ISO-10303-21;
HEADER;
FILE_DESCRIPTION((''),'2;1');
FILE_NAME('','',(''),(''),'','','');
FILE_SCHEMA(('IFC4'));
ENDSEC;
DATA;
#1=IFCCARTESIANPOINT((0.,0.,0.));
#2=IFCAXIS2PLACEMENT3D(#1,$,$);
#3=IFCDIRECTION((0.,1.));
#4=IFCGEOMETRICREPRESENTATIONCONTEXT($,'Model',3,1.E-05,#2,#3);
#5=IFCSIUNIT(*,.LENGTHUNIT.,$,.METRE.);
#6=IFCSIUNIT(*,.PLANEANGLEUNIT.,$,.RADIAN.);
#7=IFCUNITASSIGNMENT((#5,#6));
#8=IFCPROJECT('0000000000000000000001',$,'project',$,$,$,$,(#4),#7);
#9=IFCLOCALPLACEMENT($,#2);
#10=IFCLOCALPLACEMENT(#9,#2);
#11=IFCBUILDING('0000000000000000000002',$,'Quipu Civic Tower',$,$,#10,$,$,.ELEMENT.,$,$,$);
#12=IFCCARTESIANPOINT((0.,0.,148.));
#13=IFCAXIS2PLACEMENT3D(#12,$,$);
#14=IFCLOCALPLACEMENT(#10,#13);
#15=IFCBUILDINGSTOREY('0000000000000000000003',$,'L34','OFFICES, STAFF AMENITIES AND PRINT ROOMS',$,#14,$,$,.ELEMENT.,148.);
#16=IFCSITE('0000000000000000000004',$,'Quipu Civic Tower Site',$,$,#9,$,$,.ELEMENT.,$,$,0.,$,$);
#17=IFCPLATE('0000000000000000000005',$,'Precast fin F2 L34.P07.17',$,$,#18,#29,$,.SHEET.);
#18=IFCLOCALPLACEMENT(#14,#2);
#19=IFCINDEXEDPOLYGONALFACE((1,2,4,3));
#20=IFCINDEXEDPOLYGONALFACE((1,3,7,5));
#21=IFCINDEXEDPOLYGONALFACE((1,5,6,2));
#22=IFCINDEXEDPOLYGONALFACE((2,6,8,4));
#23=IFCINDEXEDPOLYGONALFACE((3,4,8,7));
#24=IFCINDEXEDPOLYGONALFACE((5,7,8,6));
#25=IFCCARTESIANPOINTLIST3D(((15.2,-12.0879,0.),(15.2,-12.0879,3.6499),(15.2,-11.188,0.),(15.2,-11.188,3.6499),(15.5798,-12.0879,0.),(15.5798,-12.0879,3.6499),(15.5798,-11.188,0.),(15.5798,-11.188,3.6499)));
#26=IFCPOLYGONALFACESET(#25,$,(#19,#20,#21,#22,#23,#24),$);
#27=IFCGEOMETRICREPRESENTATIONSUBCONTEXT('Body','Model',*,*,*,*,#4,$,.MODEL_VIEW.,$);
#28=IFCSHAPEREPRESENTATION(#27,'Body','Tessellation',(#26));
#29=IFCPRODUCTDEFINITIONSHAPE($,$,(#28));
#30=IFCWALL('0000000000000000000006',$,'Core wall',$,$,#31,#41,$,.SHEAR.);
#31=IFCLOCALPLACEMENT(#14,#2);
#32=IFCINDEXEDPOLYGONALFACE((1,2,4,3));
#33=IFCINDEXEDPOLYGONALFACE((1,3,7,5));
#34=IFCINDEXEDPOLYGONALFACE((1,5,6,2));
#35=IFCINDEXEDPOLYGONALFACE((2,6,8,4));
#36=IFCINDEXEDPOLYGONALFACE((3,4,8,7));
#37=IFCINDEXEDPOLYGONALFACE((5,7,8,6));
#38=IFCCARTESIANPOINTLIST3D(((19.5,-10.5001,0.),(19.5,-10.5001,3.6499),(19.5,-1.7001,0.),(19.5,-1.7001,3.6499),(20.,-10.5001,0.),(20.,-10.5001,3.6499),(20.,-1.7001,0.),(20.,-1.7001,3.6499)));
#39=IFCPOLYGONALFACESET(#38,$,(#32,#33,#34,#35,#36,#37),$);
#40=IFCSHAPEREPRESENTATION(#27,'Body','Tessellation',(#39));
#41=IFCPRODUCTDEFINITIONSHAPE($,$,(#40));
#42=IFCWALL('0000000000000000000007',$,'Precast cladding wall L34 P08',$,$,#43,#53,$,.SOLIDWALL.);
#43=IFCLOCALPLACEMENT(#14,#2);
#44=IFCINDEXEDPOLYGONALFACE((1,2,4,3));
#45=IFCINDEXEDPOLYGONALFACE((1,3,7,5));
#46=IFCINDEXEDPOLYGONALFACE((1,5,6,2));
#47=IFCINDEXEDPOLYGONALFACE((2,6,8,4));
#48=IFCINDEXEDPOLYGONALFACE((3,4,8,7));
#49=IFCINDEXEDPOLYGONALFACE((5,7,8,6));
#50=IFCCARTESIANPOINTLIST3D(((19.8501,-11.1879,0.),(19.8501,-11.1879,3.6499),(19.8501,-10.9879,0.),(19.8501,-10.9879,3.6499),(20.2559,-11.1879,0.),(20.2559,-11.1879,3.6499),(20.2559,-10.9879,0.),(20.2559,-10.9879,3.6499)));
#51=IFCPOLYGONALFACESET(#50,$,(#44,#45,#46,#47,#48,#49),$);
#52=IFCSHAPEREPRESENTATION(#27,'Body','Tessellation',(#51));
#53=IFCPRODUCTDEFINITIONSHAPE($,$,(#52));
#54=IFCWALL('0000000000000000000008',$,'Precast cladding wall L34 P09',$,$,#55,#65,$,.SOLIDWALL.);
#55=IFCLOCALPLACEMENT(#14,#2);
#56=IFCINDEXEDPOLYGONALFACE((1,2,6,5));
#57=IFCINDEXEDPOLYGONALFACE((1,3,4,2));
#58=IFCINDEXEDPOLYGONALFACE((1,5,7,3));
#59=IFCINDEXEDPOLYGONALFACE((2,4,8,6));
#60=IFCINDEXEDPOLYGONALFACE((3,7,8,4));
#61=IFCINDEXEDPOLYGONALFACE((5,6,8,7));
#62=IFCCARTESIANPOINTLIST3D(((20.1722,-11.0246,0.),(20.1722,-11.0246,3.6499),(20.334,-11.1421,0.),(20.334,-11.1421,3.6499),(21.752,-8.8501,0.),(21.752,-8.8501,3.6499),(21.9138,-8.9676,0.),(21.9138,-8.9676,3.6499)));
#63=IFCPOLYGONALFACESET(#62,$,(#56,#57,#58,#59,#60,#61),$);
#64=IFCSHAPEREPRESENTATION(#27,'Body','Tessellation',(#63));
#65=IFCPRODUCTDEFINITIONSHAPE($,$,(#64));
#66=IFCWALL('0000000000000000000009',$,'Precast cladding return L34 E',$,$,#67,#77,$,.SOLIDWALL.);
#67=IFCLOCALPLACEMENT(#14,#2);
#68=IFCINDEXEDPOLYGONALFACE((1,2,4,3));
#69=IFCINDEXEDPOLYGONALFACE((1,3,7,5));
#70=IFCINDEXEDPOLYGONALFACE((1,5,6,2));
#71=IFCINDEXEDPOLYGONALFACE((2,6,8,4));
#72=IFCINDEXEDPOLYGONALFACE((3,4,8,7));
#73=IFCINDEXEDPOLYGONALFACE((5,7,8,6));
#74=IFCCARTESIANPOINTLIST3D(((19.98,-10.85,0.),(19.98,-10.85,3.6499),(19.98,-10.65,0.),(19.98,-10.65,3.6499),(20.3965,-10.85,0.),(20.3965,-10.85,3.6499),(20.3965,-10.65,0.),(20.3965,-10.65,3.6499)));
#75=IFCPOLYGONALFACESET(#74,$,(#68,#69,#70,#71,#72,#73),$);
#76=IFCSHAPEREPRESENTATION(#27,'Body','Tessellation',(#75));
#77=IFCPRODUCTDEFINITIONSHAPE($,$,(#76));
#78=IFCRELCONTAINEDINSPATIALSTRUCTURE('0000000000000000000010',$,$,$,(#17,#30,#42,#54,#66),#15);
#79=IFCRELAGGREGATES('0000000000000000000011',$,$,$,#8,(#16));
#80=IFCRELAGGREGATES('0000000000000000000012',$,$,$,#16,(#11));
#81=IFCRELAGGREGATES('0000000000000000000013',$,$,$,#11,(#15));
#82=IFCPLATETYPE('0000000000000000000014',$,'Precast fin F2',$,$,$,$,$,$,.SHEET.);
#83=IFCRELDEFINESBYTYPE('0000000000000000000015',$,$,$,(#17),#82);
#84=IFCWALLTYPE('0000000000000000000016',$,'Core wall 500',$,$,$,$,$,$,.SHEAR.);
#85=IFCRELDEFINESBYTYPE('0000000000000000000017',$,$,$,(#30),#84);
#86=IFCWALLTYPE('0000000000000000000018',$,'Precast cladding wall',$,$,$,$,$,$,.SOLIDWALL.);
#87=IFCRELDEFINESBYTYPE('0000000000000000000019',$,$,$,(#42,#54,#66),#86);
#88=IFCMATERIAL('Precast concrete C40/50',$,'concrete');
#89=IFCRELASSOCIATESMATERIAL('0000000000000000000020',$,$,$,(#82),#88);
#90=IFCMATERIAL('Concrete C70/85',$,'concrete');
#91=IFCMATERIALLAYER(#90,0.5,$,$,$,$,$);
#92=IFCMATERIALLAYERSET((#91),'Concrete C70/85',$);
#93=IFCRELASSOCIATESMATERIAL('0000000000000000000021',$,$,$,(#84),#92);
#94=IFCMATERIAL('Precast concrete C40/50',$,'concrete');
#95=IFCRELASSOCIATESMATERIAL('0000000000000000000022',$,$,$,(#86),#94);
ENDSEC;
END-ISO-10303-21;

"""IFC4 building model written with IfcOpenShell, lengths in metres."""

from ifc_helpers import new_model, si_unit, direction, frame, frame_2d, origin, origin_2d, place, context, subcontext, project, spatial, rectangle, extrude, material, layer, layer_set, type_object, element, save


model = new_model("IFC4")

# Units and contexts
model_context = context("Model", 3, precision=1e-05, world=origin(), true_north=direction((0.0, 1.0)))
body_context = subcontext(model_context, "Body", "Model", "MODEL_VIEW")
ifc_project = project(units=[si_unit("LENGTHUNIT", "METRE"), si_unit("PLANEANGLEUNIT", "RADIAN")], contexts=[model_context])

# Site, building, storey
site_placement = place(None, origin())
site = spatial("IfcSite", under=ifc_project, at=site_placement, Name="Quipu Civic Tower Site", CompositionType="ELEMENT", RefElevation=0.0)
building_placement = place(site_placement, origin())
building = spatial("IfcBuilding", under=site, at=building_placement, Name="Quipu Civic Tower", CompositionType="ELEMENT")
storey_placement = place(building_placement, frame((0.0, 0.0, 148.0)))
storey = spatial("IfcBuildingStorey", under=building, at=storey_placement, Name="L34", Description="OFFICES, STAFF AMENITIES AND PRINT ROOMS", CompositionType="ELEMENT", Elevation=148.0)

# Plate
ifc_material_1 = material(Name="Precast concrete C40/50", Category="concrete")
plate_type = type_object("IfcPlateType", Name="Precast fin F2", PredefinedType="SHEET", material=ifc_material_1)
plate_placement = place(storey_placement, frame((15.3899, -11.6379, 0.0), z_axis=(0.0, 0.0, 1.0), x_axis=(1.0, 0.0, 0.0)))
element("IfcPlate", 1, at=plate_placement, inside=storey, type_object=plate_type, Name="Precast fin F2 L34.P07.17", PredefinedType="SHEET", context=body_context, shape_type="SweptSolid", body=[
    extrude(rectangle(XDim=0.3799, YDim=0.8999, at=origin_2d()), origin(), (0.0, 0.0, 1.0), 3.6499),
])

# Walls
ifc_material_2 = material(Name="Concrete C70/85", Category="concrete")
ifc_layer = layer(ifc_material_2, 0.5)
ifc_layer_set = layer_set([ifc_layer], Name="Concrete C70/85")
wall_type_1 = type_object("IfcWallType", Name="Core wall 500", PredefinedType="SHEAR", material=ifc_layer_set)
wall_1_placement = place(storey_placement, frame((19.75, -10.5, 0.0), z_axis=(0.0, 0.0, 1.0), x_axis=(0.0, 1.0, 0.0)))
element("IfcWall", 2, at=wall_1_placement, inside=storey, type_object=wall_type_1, Name="Core wall", PredefinedType="SHEAR", context=body_context, shape_type="SweptSolid", body=[
    extrude(rectangle(XDim=8.8, YDim=0.5, at=frame_2d((4.3999, 0.0))), origin(), (0.0, 0.0, 1.0), 3.6499),
])
ifc_material_3 = material(Name="Precast concrete C40/50", Category="concrete")
wall_type_2 = type_object("IfcWallType", Name="Precast cladding wall", PredefinedType="SOLIDWALL", material=ifc_material_3)
wall_2_placement = place(storey_placement, frame((19.8501, -11.0879, 0.0), z_axis=(0.0, 0.0, 1.0), x_axis=(1.0, 0.0, 0.0)))
element("IfcWall", 3, at=wall_2_placement, inside=storey, type_object=wall_type_2, Name="Precast cladding wall L34 P08", PredefinedType="SOLIDWALL", context=body_context, shape_type="SweptSolid", body=[
    extrude(rectangle(XDim=0.4058, YDim=0.2, at=frame_2d((0.2029, 0.0))), origin(), (0.0, 0.0, 1.0), 3.6499),
])
wall_3_placement = place(storey_placement, frame((20.2532, -11.0833, 0.0), z_axis=(0.0, 0.0, 1.0), x_axis=(0.587767, 0.809031, 0.0)))
element("IfcWall", 4, at=wall_3_placement, inside=storey, type_object=wall_type_2, Name="Precast cladding wall L34 P09", PredefinedType="SOLIDWALL", context=body_context, shape_type="SweptSolid", body=[
    extrude(rectangle(XDim=2.6877, YDim=0.2, at=frame_2d((1.3438, 0.0))), origin(), (0.0, 0.0, 1.0), 3.6499),
])
wall_4_placement = place(storey_placement, frame((19.98, -10.75, 0.0), z_axis=(0.0, 0.0, 1.0), x_axis=(1.0, 0.0, 0.0)))
element("IfcWall", 5, at=wall_4_placement, inside=storey, type_object=wall_type_2, Name="Precast cladding return L34 E", PredefinedType="SOLIDWALL", context=body_context, shape_type="SweptSolid", body=[
    extrude(rectangle(XDim=0.4165, YDim=0.2, at=frame_2d((0.2083, 0.0))), origin(), (0.0, 0.0, 1.0), 3.6499),
])

save(model, "model.ifc")
